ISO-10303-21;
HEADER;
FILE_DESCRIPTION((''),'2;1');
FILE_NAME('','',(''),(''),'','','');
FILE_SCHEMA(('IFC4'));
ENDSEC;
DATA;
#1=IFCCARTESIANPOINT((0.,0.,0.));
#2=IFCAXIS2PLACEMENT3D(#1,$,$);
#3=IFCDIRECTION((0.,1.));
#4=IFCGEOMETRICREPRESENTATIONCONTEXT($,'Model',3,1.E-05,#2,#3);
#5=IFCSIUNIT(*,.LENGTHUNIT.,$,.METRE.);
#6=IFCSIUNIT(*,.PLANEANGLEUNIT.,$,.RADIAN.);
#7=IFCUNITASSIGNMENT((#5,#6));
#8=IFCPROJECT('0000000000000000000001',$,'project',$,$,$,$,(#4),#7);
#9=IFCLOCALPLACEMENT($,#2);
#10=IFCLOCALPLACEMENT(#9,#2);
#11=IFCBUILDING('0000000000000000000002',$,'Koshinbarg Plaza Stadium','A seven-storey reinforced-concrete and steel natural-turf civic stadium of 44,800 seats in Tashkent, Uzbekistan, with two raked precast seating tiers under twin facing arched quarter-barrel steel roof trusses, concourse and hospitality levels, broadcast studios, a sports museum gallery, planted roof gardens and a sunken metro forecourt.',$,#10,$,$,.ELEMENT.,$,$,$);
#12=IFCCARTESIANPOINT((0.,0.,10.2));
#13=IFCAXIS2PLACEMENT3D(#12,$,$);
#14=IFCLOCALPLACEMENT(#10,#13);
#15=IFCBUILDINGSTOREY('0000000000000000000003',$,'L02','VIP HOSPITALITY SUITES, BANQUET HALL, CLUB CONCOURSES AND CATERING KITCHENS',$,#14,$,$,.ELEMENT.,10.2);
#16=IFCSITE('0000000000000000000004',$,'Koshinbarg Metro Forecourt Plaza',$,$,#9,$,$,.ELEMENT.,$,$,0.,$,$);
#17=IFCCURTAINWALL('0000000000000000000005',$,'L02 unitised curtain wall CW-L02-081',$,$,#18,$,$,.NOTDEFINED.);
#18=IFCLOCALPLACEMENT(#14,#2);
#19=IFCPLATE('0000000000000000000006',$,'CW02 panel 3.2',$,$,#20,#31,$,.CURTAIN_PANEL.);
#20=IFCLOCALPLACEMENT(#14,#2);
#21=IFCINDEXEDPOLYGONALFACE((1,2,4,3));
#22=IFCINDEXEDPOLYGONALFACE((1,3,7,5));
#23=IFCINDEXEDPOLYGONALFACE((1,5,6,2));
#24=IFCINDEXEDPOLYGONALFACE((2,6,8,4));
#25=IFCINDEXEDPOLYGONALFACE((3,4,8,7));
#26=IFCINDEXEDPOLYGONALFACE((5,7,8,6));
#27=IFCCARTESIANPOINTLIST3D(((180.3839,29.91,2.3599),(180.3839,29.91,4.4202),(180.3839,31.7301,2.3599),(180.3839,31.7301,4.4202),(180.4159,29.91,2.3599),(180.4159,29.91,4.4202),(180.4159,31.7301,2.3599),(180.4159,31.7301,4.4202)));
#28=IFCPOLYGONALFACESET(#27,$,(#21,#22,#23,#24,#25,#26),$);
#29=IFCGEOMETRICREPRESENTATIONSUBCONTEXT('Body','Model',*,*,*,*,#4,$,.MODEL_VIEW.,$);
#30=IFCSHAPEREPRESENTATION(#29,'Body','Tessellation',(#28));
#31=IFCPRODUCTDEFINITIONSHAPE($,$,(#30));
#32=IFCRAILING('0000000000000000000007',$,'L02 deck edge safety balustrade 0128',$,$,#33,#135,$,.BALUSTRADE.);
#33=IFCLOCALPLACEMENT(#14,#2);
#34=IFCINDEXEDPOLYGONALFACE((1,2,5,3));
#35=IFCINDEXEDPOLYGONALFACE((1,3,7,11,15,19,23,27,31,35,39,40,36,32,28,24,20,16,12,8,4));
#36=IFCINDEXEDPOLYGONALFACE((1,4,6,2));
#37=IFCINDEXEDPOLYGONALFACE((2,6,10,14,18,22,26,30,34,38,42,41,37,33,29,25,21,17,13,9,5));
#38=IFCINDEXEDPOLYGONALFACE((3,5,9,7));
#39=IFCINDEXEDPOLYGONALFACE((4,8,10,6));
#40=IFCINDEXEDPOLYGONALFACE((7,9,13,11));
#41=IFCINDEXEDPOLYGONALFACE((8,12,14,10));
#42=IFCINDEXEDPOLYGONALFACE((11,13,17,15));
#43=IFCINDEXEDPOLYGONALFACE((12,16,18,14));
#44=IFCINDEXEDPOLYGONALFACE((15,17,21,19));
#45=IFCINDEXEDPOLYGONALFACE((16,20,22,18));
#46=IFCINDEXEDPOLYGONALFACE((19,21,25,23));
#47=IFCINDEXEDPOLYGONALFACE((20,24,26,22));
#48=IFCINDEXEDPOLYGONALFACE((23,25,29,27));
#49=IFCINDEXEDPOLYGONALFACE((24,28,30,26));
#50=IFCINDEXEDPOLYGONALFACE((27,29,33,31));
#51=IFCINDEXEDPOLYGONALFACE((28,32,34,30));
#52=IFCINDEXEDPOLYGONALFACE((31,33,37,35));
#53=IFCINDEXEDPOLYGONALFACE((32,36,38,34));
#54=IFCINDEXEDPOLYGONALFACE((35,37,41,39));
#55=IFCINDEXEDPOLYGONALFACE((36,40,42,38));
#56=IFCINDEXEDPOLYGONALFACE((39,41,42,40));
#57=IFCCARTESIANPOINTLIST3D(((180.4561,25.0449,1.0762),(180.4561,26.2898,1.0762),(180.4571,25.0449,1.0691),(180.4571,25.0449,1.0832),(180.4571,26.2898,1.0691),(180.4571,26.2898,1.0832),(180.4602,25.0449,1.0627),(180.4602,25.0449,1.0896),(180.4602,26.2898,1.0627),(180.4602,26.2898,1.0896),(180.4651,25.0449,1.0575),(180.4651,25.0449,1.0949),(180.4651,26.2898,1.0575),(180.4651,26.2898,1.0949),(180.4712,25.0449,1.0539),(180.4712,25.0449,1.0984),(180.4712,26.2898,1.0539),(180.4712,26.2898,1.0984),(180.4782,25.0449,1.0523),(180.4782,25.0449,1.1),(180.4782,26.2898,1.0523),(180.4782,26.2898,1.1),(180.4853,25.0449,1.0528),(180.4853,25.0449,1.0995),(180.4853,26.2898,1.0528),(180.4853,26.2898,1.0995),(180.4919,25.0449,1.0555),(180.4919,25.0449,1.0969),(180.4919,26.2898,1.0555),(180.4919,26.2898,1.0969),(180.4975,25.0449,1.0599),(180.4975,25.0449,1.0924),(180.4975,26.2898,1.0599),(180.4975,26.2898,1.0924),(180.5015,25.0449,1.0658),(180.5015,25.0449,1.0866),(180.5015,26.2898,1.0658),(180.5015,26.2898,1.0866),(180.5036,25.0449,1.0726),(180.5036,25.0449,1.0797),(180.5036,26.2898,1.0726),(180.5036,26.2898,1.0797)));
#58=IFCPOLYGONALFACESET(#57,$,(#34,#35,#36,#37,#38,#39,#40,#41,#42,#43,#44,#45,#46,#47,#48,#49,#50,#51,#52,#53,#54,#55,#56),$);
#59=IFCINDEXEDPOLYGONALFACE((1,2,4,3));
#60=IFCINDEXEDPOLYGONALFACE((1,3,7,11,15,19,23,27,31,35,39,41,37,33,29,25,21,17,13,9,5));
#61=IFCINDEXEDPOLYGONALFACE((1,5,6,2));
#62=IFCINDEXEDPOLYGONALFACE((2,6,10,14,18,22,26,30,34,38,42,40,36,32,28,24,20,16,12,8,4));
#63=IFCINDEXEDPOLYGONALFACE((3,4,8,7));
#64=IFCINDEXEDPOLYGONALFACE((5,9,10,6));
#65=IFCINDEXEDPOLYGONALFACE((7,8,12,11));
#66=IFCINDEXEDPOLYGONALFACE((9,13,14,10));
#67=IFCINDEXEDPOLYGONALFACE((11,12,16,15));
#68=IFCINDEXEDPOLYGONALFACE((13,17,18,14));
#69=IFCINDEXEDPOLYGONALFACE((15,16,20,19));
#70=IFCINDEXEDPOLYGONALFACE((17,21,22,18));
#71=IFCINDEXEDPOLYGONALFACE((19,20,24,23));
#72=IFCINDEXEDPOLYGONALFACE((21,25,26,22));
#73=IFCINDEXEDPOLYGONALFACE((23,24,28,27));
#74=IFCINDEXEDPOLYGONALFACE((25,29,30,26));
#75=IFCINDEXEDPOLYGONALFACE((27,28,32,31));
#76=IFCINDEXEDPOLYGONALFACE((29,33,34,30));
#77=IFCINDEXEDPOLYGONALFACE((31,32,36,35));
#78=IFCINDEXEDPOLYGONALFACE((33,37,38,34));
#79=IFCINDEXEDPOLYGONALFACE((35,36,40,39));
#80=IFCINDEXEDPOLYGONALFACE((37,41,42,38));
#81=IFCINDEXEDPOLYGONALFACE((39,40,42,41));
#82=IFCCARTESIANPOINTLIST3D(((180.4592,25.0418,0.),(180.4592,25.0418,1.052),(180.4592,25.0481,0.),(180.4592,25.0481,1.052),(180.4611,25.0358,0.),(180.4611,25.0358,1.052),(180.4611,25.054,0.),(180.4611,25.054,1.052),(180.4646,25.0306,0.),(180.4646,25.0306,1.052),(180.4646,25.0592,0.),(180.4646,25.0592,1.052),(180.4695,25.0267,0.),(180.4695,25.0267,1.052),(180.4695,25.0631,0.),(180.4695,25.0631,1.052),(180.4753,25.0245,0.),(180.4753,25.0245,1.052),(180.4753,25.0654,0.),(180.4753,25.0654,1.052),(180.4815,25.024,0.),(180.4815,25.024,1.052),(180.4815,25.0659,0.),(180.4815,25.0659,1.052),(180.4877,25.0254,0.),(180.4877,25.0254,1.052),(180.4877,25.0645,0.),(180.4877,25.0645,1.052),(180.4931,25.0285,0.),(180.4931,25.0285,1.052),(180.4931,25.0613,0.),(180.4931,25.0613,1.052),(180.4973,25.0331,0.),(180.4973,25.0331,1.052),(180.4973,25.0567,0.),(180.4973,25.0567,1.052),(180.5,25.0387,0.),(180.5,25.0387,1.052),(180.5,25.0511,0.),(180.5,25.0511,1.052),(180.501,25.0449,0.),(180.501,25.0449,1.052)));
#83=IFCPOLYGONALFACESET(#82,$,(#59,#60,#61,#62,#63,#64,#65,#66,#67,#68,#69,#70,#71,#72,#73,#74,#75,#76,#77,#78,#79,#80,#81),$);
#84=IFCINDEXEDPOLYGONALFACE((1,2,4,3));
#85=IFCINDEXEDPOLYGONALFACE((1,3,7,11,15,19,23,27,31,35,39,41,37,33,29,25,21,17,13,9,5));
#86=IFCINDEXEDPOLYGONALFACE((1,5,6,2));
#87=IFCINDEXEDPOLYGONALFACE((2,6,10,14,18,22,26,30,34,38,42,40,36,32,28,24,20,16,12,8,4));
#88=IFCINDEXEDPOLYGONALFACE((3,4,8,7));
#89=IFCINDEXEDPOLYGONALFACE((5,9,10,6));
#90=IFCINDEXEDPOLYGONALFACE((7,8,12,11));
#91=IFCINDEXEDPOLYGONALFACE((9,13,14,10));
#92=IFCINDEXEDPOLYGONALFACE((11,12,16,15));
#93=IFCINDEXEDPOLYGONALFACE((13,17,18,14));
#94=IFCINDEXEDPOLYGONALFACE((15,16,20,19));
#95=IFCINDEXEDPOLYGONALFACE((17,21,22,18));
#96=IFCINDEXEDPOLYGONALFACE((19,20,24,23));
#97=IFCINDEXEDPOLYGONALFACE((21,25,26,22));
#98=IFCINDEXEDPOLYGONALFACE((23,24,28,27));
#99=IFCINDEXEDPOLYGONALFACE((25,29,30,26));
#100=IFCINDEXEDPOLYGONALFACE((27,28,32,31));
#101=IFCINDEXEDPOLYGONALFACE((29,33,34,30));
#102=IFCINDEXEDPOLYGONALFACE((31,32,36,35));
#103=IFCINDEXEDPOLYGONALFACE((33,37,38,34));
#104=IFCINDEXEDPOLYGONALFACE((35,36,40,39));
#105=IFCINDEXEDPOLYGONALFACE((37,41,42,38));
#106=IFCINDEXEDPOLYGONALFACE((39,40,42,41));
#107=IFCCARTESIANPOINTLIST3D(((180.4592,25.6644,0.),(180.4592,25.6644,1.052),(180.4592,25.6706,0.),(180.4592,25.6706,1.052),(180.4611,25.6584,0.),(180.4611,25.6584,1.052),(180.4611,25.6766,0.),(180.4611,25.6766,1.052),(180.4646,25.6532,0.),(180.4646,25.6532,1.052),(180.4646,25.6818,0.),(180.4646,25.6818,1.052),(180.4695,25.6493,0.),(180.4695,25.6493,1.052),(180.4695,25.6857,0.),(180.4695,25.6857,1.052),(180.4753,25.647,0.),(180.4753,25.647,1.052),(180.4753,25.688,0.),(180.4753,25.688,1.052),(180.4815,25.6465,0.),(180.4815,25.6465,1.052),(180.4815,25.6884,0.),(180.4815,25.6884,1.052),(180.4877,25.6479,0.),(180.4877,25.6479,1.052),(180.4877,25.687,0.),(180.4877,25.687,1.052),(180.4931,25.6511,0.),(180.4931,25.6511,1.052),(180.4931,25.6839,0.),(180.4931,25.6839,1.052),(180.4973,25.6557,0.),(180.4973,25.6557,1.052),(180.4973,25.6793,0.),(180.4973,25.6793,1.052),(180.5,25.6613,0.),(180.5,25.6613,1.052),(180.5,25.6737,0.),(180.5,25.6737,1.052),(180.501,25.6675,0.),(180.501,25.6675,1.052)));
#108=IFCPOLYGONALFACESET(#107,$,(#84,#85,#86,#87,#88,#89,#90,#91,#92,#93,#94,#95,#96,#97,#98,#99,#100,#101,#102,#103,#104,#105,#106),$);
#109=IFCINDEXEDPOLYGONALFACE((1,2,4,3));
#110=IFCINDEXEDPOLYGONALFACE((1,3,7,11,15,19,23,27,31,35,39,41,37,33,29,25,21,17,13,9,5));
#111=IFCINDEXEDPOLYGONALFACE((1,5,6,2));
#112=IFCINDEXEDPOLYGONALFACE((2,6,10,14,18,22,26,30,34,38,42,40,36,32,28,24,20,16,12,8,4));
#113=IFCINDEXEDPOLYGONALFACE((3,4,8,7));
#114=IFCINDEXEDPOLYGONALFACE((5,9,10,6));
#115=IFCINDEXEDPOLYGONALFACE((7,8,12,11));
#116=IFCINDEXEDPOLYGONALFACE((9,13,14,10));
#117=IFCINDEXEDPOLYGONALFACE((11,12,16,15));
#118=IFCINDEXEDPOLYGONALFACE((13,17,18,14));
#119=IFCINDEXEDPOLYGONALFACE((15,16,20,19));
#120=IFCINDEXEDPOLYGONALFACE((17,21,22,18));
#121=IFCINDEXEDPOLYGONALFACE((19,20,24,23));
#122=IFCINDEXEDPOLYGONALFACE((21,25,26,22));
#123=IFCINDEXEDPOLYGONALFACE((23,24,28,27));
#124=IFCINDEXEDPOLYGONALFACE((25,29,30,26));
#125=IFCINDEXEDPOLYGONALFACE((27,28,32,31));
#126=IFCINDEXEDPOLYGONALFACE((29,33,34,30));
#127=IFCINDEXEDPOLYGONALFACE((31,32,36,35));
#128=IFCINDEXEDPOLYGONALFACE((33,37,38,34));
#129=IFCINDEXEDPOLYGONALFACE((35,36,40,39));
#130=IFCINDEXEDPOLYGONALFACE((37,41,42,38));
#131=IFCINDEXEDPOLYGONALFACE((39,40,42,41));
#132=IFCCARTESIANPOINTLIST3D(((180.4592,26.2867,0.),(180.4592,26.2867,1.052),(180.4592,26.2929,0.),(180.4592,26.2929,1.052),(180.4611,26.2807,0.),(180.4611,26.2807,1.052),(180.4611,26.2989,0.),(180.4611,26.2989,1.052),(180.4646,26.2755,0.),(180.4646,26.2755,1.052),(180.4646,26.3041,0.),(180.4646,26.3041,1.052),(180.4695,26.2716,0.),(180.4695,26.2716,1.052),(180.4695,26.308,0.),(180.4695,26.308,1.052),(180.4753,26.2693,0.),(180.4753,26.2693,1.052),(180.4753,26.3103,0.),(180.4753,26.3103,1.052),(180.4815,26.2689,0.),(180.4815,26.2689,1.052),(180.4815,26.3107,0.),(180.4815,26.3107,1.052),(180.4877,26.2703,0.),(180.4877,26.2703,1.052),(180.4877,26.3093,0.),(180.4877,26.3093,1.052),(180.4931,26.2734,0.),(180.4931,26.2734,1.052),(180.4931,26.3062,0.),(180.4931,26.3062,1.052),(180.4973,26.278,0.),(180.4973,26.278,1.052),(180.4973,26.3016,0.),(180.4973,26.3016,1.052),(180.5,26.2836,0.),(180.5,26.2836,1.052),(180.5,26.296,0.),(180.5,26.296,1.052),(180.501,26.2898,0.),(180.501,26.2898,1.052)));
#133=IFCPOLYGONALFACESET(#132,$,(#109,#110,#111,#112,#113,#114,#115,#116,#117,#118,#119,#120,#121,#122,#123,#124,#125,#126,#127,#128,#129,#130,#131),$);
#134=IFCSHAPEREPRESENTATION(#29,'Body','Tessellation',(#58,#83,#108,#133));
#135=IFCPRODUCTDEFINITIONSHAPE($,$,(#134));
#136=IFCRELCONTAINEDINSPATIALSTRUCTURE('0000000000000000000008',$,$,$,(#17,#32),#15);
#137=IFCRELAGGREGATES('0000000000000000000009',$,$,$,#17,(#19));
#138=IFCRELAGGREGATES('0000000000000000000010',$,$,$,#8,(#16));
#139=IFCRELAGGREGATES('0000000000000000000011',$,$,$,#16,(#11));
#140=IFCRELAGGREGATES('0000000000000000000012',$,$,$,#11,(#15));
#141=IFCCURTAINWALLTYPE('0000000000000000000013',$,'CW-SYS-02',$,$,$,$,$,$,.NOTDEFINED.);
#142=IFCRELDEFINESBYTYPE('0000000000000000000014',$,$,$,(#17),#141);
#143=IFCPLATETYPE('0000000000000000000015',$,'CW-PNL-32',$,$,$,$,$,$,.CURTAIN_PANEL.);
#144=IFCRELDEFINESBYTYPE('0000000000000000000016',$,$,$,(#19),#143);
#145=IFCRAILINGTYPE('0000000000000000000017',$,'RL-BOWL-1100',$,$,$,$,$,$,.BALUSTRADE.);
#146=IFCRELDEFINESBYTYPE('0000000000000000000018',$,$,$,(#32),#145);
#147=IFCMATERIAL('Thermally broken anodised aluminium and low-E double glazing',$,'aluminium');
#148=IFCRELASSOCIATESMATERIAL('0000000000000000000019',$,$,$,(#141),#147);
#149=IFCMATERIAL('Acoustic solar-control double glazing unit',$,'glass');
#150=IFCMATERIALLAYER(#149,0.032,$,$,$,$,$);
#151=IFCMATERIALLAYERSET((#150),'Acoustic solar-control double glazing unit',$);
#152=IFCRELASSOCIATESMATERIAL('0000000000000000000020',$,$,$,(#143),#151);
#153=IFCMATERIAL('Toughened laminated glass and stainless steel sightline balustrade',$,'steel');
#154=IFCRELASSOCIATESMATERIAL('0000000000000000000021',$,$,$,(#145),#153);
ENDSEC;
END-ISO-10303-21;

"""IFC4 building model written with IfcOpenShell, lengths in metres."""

from ifc_helpers import new_model, si_unit, direction, frame, origin, origin_2d, place, context, subcontext, project, spatial, rectangle, circle, extrude, material, layer, layer_set, type_object, element, aggregate, save


model = new_model("IFC4")

# Units and contexts
model_context = context("Model", 3, precision=1e-05, world=origin(), true_north=direction((0.0, 1.0)))
body_context = subcontext(model_context, "Body", "Model", "MODEL_VIEW")
ifc_project = project(units=[si_unit("LENGTHUNIT", "METRE"), si_unit("PLANEANGLEUNIT", "RADIAN")], contexts=[model_context])

# Site, building, storey
site_placement = place(None, origin())
site = spatial("IfcSite", under=ifc_project, at=site_placement, Name="Koshinbarg Metro Forecourt Plaza", CompositionType="ELEMENT", RefElevation=0.0)
building_placement = place(site_placement, origin())
building = spatial("IfcBuilding", under=site, at=building_placement, Name="Koshinbarg Plaza Stadium", Description="A seven-storey reinforced-concrete and steel natural-turf civic stadium of 44,800 seats in Tashkent, Uzbekistan, with two raked precast seating tiers under twin facing arched quarter-barrel steel roof trusses, concourse and hospitality levels, broadcast studios, a sports museum gallery, planted roof gardens and a sunken metro forecourt.", CompositionType="ELEMENT")
storey_placement = place(building_placement, frame((0.0, 0.0, 10.2)))
storey = spatial("IfcBuildingStorey", under=building, at=storey_placement, Name="L02", Description="VIP HOSPITALITY SUITES, BANQUET HALL, CLUB CONCOURSES AND CATERING KITCHENS", CompositionType="ELEMENT", Elevation=10.2)

# Curtain wall, plate
ifc_material_1 = material(Name="Thermally broken anodised aluminium and low-E double glazing", Category="aluminium")
curtain_wall_type = type_object("IfcCurtainWallType", Name="CW-SYS-02", PredefinedType="NOTDEFINED", material=ifc_material_1)
curtain_wall_placement = place(storey_placement, origin())
curtain_wall = element("IfcCurtainWall", 1, at=curtain_wall_placement, inside=storey, type_object=curtain_wall_type, Name="L02 unitised curtain wall CW-L02-081", PredefinedType="NOTDEFINED")
ifc_material_2 = material(Name="Acoustic solar-control double glazing unit", Category="glass")
ifc_layer = layer(ifc_material_2, 0.032)
ifc_layer_set = layer_set([ifc_layer], Name="Acoustic solar-control double glazing unit")
plate_type = type_object("IfcPlateType", Name="CW-PNL-32", PredefinedType="CURTAIN_PANEL", material=ifc_layer_set)
plate_1_placement = place(storey_placement, frame((180.3999, 30.8201, 2.3599), z_axis=(0.0, 0.0, 1.0), x_axis=(0.0, 1.0, 0.0)))
plate_1 = element("IfcPlate", 2, at=plate_1_placement, type_object=plate_type, Name="CW02 panel 3.2", PredefinedType="CURTAIN_PANEL", context=body_context, shape_type="SweptSolid", body=[
    extrude(rectangle(XDim=1.8201, YDim=0.032, at=origin_2d()), origin(), (0.0, 0.0, 1.0), 2.0603),
])
aggregate(curtain_wall, [plate_1])

# Railing
ifc_material_3 = material(Name="Toughened laminated glass and stainless steel sightline balustrade", Category="steel")
railing_type = type_object("IfcRailingType", Name="RL-BOWL-1100", PredefinedType="BALUSTRADE", material=ifc_material_3)
railing_placement = place(storey_placement, frame((180.48, 25.0449, 0.0)))
element("IfcRailing", 3, at=railing_placement, inside=storey, type_object=railing_type, Name="L02 deck edge safety balustrade 0128", PredefinedType="BALUSTRADE", context=body_context, shape_type="SweptSolid", body=[
    extrude(circle(Radius=0.0239, at=origin_2d()), frame((0.0, 0.0, 1.0762), z_axis=(0.0, 1.0, 0.0), x_axis=(-1.0, 0.0, 0.0)), (0.0, 0.0, 1.0), 1.2449),
    extrude(circle(Radius=0.021, at=origin_2d()), origin(), (0.0, 0.0, 1.0), 1.052),
    extrude(circle(Radius=0.021, at=origin_2d()), frame((0.0, 0.6226, 0.0)), (0.0, 0.0, 1.0), 1.052),
    extrude(circle(Radius=0.021, at=origin_2d()), frame((0.0, 1.2449, 0.0)), (0.0, 0.0, 1.0), 1.052),
])

save(model, "model.ifc")
